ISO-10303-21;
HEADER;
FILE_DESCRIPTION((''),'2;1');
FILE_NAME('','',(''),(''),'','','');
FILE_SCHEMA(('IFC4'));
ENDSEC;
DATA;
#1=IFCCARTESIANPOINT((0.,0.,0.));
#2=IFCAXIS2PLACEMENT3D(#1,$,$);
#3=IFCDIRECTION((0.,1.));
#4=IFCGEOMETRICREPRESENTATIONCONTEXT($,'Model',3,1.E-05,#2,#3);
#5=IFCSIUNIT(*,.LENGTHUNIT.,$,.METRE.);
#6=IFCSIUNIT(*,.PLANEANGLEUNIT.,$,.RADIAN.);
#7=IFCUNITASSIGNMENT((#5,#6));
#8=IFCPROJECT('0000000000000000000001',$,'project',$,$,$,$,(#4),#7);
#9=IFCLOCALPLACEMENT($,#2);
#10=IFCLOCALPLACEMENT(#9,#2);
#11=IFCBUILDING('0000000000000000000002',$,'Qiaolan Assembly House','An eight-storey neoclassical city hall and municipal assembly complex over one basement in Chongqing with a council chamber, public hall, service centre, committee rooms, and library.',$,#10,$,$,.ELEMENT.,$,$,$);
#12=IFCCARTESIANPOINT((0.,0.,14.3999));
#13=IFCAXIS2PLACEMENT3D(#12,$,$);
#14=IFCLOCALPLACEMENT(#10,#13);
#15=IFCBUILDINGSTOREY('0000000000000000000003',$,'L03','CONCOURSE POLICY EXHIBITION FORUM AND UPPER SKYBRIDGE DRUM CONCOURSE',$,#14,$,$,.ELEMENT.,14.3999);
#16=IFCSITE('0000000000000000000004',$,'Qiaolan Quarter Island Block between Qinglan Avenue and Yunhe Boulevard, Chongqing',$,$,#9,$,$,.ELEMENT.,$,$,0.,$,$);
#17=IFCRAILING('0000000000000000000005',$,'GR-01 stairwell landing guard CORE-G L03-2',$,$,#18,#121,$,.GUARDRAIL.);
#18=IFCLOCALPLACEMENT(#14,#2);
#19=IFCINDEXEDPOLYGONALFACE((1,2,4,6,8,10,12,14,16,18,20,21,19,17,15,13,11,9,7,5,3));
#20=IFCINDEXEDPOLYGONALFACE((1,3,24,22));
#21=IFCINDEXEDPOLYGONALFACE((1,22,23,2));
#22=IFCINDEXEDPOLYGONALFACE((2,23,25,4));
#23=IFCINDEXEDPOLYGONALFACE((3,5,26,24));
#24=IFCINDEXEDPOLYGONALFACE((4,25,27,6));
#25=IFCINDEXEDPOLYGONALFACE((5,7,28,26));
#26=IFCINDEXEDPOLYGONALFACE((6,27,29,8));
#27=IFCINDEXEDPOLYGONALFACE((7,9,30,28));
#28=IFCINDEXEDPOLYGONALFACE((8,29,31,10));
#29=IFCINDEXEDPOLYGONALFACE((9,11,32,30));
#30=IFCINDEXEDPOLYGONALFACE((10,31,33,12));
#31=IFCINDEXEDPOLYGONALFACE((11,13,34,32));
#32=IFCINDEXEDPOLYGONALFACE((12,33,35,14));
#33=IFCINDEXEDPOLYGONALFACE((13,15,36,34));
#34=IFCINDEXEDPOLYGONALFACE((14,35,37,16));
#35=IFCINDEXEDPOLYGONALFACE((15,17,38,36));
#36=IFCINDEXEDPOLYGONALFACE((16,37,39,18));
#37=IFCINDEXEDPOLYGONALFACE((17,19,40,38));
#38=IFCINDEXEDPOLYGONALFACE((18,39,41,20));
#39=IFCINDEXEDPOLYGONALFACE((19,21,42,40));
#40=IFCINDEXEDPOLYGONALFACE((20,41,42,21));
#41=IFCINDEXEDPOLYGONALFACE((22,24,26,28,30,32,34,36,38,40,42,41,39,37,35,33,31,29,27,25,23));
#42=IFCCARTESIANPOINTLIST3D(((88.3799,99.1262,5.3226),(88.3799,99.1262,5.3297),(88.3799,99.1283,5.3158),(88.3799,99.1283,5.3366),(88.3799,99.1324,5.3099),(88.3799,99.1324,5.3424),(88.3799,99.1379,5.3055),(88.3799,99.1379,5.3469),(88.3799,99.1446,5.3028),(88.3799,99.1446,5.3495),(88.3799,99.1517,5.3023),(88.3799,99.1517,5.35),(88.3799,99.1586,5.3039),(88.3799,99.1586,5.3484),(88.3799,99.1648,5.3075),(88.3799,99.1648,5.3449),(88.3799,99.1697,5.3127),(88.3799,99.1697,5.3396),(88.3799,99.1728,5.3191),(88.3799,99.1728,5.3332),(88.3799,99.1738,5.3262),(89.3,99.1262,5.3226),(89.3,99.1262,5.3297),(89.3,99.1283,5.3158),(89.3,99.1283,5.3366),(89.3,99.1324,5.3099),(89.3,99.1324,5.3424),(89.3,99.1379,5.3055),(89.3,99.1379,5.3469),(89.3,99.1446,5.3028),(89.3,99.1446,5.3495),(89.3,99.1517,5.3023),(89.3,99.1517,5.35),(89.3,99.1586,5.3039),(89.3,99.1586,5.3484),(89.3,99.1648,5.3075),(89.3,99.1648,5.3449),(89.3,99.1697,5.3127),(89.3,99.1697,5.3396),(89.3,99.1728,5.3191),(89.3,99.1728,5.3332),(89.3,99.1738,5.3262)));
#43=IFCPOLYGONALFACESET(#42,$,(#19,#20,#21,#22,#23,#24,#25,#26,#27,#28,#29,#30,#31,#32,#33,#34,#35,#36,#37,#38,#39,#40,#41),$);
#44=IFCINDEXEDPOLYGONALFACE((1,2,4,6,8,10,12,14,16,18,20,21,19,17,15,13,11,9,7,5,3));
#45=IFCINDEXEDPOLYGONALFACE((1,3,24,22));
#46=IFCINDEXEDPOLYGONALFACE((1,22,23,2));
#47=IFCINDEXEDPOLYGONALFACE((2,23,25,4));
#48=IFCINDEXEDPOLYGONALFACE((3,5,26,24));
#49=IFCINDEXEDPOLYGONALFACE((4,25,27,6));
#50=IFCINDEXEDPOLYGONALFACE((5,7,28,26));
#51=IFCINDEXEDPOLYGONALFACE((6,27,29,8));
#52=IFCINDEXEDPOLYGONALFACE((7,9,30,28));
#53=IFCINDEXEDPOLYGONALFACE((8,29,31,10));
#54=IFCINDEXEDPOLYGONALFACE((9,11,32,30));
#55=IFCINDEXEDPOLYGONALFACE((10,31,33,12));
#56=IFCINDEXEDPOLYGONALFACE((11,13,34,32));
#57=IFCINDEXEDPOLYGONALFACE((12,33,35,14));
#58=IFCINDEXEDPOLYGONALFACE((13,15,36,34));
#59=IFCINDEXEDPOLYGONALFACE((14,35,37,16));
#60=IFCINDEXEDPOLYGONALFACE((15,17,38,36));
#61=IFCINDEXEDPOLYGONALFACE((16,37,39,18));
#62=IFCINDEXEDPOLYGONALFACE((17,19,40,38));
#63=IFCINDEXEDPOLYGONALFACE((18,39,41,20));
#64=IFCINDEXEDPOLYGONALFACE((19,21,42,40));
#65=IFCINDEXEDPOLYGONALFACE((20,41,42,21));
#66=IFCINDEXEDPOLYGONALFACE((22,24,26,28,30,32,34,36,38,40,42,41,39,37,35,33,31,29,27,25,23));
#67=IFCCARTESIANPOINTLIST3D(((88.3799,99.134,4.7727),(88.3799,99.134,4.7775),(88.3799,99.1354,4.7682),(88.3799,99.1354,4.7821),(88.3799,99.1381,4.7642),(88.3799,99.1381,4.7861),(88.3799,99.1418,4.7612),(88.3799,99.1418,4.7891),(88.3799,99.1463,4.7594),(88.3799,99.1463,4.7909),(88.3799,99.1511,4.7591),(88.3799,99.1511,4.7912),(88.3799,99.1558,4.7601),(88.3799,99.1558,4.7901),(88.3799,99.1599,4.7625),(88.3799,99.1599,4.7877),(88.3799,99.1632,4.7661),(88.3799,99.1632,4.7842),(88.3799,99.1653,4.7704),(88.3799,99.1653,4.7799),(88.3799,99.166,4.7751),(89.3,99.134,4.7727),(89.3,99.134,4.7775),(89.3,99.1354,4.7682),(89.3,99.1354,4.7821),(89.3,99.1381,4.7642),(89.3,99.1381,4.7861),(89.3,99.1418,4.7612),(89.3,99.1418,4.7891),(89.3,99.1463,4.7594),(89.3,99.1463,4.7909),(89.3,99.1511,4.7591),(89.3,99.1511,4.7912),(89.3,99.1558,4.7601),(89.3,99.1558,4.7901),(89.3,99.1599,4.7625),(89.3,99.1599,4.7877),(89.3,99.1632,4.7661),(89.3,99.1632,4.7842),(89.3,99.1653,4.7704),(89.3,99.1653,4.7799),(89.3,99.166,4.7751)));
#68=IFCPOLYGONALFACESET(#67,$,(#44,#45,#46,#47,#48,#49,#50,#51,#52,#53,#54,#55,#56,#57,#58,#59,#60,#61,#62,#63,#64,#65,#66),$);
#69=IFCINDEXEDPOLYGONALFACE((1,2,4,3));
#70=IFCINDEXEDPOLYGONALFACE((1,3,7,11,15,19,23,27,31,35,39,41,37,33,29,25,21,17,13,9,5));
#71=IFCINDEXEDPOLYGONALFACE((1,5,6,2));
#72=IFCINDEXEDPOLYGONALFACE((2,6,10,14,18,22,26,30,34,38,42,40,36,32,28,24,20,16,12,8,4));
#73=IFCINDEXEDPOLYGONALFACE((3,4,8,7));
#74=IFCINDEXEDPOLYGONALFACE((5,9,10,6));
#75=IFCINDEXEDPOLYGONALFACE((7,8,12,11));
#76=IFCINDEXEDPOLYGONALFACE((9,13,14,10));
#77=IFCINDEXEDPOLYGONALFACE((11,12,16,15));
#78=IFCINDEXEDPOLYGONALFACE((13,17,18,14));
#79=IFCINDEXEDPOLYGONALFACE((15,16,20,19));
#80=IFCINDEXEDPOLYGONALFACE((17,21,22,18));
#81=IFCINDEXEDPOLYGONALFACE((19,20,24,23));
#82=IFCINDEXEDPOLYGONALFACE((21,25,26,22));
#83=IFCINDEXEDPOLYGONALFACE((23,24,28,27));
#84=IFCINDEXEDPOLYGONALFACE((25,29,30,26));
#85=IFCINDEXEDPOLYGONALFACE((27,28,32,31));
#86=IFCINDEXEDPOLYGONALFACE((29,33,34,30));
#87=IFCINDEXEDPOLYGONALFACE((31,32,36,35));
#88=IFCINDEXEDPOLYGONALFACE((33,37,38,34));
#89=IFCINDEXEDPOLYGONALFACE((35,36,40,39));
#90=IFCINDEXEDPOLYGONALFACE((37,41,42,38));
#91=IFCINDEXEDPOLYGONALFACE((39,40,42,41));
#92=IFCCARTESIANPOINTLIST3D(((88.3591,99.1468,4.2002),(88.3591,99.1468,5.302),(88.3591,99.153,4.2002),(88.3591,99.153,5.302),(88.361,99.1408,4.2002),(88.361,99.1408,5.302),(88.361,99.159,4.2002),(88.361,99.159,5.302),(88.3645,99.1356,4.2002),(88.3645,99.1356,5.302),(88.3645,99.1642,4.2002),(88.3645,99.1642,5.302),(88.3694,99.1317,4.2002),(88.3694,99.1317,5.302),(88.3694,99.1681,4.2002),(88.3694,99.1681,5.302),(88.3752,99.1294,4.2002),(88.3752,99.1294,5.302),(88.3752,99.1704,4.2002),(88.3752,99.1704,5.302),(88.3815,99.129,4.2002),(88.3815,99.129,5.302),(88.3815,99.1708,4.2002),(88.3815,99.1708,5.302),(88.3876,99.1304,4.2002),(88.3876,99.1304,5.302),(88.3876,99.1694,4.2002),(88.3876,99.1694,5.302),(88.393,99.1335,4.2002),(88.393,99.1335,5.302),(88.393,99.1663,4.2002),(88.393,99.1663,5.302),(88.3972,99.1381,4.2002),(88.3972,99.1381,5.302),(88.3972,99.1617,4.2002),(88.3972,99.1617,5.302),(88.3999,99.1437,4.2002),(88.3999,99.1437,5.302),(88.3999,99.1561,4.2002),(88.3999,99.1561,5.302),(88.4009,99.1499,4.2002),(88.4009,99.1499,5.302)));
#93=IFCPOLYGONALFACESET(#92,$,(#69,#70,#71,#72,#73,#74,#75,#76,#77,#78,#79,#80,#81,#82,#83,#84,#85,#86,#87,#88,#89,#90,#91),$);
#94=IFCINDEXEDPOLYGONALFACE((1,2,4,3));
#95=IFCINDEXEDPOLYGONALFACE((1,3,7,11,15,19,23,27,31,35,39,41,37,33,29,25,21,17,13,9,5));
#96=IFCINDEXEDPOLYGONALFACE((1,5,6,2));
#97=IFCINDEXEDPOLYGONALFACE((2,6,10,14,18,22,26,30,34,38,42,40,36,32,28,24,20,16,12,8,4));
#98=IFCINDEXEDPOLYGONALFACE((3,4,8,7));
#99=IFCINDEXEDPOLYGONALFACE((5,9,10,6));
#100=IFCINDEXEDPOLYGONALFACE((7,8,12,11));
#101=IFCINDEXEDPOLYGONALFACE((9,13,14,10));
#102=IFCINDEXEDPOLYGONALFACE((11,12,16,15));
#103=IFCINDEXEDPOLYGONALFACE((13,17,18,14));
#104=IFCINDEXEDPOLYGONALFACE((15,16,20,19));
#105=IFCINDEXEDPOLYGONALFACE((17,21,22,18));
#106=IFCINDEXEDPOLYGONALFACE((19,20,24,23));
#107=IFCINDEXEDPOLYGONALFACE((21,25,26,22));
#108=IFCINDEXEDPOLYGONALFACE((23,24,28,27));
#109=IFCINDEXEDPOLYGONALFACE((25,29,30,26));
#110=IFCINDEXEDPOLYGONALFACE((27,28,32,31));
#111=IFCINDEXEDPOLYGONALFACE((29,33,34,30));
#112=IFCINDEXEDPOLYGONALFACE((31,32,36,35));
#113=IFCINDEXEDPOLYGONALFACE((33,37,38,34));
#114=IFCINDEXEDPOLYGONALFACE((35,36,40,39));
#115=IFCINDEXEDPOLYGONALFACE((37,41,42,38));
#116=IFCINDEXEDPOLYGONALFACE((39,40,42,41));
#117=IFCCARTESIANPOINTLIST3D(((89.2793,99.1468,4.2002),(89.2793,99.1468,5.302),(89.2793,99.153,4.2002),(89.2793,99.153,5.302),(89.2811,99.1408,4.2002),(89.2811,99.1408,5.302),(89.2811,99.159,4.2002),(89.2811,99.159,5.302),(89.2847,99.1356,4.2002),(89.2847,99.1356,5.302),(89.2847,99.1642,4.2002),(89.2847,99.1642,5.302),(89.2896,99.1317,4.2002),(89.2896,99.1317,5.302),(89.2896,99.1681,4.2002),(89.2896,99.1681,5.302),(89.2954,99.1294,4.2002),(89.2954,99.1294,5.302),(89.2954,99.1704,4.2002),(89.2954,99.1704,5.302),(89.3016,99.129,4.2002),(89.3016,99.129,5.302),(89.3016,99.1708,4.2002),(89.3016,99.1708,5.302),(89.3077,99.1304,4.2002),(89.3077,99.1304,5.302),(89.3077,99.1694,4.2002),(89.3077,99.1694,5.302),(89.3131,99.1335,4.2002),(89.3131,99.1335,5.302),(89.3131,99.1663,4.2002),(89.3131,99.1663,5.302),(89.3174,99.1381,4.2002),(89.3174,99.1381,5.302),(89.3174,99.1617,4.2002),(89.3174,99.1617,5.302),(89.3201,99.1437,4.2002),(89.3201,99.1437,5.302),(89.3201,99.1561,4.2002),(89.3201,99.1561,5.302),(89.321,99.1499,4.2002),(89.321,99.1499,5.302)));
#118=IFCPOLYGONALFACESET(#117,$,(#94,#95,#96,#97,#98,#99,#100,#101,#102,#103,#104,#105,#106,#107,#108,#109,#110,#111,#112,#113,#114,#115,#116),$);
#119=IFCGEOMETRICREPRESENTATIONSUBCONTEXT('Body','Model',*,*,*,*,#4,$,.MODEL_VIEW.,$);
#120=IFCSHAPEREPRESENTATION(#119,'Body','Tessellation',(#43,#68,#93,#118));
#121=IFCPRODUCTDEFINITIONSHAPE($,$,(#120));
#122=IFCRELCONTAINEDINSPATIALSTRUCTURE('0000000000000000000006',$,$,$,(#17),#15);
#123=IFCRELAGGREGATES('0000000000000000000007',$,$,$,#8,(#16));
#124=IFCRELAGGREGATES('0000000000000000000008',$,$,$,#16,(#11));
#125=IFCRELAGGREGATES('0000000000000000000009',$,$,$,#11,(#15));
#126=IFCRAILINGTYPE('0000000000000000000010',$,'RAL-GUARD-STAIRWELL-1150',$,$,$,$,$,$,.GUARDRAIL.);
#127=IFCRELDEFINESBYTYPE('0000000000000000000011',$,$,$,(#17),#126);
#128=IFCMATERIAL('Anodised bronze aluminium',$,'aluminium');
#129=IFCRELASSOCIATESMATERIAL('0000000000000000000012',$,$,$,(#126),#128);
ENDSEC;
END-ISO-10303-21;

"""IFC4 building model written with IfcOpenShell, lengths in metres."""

from ifc_helpers import new_model, si_unit, direction, frame, origin, origin_2d, place, context, subcontext, project, spatial, circle, extrude, material, type_object, element, save


model = new_model("IFC4")

# Units and contexts
model_context = context("Model", 3, precision=1e-05, world=origin(), true_north=direction((0.0, 1.0)))
body_context = subcontext(model_context, "Body", "Model", "MODEL_VIEW")
ifc_project = project(units=[si_unit("LENGTHUNIT", "METRE"), si_unit("PLANEANGLEUNIT", "RADIAN")], contexts=[model_context])

# Site, building, storey
site_placement = place(None, origin())
site = spatial("IfcSite", under=ifc_project, at=site_placement, Name="Qiaolan Quarter Island Block between Qinglan Avenue and Yunhe Boulevard, Chongqing", CompositionType="ELEMENT", RefElevation=0.0)
building_placement = place(site_placement, origin())
building = spatial("IfcBuilding", under=site, at=building_placement, Name="Qiaolan Assembly House", Description="An eight-storey neoclassical city hall and municipal assembly complex over one basement in Chongqing with a council chamber, public hall, service centre, committee rooms, and library.", CompositionType="ELEMENT")
storey_placement = place(building_placement, frame((0.0, 0.0, 14.3999)))
storey = spatial("IfcBuildingStorey", under=building, at=storey_placement, Name="L03", Description="CONCOURSE POLICY EXHIBITION FORUM AND UPPER SKYBRIDGE DRUM CONCOURSE", CompositionType="ELEMENT", Elevation=14.3999)

# Railing
ifc_material_1 = material(Name="Anodised bronze aluminium", Category="aluminium")
railing_type_1 = type_object("IfcRailingType", Name="RAL-GUARD-STAIRWELL-1150", PredefinedType="GUARDRAIL", material=ifc_material_1)
for number, where, name in (
    (1, (88.3799, 99.1499, 4.2002), "GR-01 stairwell landing guard CORE-G L03-2"),
):
    element("IfcRailing", number, at=place(storey_placement, frame(where)), inside=storey, type_object=railing_type_1, Name=name, PredefinedType="GUARDRAIL", context=body_context, shape_type="SweptSolid", body=[
        extrude(circle(Radius=0.0239, at=origin_2d()), frame((0.0, 0.0, 1.126), z_axis=(1.0, 0.0, 0.0), x_axis=(0.0, 1.0, 0.0)), (0.0, 0.0, 1.0), 0.9202),
        extrude(circle(Radius=0.0161, at=origin_2d()), frame((0.0, 0.0, 0.575), z_axis=(1.0, 0.0, 0.0), x_axis=(0.0, 1.0, 0.0)), (0.0, 0.0, 1.0), 0.9202),
        extrude(circle(Radius=0.021, at=origin_2d()), origin(), (0.0, 0.0, 1.0), 1.1018),
        extrude(circle(Radius=0.021, at=origin_2d()), frame((0.9202, 0.0, 0.0)), (0.0, 0.0, 1.0), 1.1018),
    ])

save(model, "model.ifc")
